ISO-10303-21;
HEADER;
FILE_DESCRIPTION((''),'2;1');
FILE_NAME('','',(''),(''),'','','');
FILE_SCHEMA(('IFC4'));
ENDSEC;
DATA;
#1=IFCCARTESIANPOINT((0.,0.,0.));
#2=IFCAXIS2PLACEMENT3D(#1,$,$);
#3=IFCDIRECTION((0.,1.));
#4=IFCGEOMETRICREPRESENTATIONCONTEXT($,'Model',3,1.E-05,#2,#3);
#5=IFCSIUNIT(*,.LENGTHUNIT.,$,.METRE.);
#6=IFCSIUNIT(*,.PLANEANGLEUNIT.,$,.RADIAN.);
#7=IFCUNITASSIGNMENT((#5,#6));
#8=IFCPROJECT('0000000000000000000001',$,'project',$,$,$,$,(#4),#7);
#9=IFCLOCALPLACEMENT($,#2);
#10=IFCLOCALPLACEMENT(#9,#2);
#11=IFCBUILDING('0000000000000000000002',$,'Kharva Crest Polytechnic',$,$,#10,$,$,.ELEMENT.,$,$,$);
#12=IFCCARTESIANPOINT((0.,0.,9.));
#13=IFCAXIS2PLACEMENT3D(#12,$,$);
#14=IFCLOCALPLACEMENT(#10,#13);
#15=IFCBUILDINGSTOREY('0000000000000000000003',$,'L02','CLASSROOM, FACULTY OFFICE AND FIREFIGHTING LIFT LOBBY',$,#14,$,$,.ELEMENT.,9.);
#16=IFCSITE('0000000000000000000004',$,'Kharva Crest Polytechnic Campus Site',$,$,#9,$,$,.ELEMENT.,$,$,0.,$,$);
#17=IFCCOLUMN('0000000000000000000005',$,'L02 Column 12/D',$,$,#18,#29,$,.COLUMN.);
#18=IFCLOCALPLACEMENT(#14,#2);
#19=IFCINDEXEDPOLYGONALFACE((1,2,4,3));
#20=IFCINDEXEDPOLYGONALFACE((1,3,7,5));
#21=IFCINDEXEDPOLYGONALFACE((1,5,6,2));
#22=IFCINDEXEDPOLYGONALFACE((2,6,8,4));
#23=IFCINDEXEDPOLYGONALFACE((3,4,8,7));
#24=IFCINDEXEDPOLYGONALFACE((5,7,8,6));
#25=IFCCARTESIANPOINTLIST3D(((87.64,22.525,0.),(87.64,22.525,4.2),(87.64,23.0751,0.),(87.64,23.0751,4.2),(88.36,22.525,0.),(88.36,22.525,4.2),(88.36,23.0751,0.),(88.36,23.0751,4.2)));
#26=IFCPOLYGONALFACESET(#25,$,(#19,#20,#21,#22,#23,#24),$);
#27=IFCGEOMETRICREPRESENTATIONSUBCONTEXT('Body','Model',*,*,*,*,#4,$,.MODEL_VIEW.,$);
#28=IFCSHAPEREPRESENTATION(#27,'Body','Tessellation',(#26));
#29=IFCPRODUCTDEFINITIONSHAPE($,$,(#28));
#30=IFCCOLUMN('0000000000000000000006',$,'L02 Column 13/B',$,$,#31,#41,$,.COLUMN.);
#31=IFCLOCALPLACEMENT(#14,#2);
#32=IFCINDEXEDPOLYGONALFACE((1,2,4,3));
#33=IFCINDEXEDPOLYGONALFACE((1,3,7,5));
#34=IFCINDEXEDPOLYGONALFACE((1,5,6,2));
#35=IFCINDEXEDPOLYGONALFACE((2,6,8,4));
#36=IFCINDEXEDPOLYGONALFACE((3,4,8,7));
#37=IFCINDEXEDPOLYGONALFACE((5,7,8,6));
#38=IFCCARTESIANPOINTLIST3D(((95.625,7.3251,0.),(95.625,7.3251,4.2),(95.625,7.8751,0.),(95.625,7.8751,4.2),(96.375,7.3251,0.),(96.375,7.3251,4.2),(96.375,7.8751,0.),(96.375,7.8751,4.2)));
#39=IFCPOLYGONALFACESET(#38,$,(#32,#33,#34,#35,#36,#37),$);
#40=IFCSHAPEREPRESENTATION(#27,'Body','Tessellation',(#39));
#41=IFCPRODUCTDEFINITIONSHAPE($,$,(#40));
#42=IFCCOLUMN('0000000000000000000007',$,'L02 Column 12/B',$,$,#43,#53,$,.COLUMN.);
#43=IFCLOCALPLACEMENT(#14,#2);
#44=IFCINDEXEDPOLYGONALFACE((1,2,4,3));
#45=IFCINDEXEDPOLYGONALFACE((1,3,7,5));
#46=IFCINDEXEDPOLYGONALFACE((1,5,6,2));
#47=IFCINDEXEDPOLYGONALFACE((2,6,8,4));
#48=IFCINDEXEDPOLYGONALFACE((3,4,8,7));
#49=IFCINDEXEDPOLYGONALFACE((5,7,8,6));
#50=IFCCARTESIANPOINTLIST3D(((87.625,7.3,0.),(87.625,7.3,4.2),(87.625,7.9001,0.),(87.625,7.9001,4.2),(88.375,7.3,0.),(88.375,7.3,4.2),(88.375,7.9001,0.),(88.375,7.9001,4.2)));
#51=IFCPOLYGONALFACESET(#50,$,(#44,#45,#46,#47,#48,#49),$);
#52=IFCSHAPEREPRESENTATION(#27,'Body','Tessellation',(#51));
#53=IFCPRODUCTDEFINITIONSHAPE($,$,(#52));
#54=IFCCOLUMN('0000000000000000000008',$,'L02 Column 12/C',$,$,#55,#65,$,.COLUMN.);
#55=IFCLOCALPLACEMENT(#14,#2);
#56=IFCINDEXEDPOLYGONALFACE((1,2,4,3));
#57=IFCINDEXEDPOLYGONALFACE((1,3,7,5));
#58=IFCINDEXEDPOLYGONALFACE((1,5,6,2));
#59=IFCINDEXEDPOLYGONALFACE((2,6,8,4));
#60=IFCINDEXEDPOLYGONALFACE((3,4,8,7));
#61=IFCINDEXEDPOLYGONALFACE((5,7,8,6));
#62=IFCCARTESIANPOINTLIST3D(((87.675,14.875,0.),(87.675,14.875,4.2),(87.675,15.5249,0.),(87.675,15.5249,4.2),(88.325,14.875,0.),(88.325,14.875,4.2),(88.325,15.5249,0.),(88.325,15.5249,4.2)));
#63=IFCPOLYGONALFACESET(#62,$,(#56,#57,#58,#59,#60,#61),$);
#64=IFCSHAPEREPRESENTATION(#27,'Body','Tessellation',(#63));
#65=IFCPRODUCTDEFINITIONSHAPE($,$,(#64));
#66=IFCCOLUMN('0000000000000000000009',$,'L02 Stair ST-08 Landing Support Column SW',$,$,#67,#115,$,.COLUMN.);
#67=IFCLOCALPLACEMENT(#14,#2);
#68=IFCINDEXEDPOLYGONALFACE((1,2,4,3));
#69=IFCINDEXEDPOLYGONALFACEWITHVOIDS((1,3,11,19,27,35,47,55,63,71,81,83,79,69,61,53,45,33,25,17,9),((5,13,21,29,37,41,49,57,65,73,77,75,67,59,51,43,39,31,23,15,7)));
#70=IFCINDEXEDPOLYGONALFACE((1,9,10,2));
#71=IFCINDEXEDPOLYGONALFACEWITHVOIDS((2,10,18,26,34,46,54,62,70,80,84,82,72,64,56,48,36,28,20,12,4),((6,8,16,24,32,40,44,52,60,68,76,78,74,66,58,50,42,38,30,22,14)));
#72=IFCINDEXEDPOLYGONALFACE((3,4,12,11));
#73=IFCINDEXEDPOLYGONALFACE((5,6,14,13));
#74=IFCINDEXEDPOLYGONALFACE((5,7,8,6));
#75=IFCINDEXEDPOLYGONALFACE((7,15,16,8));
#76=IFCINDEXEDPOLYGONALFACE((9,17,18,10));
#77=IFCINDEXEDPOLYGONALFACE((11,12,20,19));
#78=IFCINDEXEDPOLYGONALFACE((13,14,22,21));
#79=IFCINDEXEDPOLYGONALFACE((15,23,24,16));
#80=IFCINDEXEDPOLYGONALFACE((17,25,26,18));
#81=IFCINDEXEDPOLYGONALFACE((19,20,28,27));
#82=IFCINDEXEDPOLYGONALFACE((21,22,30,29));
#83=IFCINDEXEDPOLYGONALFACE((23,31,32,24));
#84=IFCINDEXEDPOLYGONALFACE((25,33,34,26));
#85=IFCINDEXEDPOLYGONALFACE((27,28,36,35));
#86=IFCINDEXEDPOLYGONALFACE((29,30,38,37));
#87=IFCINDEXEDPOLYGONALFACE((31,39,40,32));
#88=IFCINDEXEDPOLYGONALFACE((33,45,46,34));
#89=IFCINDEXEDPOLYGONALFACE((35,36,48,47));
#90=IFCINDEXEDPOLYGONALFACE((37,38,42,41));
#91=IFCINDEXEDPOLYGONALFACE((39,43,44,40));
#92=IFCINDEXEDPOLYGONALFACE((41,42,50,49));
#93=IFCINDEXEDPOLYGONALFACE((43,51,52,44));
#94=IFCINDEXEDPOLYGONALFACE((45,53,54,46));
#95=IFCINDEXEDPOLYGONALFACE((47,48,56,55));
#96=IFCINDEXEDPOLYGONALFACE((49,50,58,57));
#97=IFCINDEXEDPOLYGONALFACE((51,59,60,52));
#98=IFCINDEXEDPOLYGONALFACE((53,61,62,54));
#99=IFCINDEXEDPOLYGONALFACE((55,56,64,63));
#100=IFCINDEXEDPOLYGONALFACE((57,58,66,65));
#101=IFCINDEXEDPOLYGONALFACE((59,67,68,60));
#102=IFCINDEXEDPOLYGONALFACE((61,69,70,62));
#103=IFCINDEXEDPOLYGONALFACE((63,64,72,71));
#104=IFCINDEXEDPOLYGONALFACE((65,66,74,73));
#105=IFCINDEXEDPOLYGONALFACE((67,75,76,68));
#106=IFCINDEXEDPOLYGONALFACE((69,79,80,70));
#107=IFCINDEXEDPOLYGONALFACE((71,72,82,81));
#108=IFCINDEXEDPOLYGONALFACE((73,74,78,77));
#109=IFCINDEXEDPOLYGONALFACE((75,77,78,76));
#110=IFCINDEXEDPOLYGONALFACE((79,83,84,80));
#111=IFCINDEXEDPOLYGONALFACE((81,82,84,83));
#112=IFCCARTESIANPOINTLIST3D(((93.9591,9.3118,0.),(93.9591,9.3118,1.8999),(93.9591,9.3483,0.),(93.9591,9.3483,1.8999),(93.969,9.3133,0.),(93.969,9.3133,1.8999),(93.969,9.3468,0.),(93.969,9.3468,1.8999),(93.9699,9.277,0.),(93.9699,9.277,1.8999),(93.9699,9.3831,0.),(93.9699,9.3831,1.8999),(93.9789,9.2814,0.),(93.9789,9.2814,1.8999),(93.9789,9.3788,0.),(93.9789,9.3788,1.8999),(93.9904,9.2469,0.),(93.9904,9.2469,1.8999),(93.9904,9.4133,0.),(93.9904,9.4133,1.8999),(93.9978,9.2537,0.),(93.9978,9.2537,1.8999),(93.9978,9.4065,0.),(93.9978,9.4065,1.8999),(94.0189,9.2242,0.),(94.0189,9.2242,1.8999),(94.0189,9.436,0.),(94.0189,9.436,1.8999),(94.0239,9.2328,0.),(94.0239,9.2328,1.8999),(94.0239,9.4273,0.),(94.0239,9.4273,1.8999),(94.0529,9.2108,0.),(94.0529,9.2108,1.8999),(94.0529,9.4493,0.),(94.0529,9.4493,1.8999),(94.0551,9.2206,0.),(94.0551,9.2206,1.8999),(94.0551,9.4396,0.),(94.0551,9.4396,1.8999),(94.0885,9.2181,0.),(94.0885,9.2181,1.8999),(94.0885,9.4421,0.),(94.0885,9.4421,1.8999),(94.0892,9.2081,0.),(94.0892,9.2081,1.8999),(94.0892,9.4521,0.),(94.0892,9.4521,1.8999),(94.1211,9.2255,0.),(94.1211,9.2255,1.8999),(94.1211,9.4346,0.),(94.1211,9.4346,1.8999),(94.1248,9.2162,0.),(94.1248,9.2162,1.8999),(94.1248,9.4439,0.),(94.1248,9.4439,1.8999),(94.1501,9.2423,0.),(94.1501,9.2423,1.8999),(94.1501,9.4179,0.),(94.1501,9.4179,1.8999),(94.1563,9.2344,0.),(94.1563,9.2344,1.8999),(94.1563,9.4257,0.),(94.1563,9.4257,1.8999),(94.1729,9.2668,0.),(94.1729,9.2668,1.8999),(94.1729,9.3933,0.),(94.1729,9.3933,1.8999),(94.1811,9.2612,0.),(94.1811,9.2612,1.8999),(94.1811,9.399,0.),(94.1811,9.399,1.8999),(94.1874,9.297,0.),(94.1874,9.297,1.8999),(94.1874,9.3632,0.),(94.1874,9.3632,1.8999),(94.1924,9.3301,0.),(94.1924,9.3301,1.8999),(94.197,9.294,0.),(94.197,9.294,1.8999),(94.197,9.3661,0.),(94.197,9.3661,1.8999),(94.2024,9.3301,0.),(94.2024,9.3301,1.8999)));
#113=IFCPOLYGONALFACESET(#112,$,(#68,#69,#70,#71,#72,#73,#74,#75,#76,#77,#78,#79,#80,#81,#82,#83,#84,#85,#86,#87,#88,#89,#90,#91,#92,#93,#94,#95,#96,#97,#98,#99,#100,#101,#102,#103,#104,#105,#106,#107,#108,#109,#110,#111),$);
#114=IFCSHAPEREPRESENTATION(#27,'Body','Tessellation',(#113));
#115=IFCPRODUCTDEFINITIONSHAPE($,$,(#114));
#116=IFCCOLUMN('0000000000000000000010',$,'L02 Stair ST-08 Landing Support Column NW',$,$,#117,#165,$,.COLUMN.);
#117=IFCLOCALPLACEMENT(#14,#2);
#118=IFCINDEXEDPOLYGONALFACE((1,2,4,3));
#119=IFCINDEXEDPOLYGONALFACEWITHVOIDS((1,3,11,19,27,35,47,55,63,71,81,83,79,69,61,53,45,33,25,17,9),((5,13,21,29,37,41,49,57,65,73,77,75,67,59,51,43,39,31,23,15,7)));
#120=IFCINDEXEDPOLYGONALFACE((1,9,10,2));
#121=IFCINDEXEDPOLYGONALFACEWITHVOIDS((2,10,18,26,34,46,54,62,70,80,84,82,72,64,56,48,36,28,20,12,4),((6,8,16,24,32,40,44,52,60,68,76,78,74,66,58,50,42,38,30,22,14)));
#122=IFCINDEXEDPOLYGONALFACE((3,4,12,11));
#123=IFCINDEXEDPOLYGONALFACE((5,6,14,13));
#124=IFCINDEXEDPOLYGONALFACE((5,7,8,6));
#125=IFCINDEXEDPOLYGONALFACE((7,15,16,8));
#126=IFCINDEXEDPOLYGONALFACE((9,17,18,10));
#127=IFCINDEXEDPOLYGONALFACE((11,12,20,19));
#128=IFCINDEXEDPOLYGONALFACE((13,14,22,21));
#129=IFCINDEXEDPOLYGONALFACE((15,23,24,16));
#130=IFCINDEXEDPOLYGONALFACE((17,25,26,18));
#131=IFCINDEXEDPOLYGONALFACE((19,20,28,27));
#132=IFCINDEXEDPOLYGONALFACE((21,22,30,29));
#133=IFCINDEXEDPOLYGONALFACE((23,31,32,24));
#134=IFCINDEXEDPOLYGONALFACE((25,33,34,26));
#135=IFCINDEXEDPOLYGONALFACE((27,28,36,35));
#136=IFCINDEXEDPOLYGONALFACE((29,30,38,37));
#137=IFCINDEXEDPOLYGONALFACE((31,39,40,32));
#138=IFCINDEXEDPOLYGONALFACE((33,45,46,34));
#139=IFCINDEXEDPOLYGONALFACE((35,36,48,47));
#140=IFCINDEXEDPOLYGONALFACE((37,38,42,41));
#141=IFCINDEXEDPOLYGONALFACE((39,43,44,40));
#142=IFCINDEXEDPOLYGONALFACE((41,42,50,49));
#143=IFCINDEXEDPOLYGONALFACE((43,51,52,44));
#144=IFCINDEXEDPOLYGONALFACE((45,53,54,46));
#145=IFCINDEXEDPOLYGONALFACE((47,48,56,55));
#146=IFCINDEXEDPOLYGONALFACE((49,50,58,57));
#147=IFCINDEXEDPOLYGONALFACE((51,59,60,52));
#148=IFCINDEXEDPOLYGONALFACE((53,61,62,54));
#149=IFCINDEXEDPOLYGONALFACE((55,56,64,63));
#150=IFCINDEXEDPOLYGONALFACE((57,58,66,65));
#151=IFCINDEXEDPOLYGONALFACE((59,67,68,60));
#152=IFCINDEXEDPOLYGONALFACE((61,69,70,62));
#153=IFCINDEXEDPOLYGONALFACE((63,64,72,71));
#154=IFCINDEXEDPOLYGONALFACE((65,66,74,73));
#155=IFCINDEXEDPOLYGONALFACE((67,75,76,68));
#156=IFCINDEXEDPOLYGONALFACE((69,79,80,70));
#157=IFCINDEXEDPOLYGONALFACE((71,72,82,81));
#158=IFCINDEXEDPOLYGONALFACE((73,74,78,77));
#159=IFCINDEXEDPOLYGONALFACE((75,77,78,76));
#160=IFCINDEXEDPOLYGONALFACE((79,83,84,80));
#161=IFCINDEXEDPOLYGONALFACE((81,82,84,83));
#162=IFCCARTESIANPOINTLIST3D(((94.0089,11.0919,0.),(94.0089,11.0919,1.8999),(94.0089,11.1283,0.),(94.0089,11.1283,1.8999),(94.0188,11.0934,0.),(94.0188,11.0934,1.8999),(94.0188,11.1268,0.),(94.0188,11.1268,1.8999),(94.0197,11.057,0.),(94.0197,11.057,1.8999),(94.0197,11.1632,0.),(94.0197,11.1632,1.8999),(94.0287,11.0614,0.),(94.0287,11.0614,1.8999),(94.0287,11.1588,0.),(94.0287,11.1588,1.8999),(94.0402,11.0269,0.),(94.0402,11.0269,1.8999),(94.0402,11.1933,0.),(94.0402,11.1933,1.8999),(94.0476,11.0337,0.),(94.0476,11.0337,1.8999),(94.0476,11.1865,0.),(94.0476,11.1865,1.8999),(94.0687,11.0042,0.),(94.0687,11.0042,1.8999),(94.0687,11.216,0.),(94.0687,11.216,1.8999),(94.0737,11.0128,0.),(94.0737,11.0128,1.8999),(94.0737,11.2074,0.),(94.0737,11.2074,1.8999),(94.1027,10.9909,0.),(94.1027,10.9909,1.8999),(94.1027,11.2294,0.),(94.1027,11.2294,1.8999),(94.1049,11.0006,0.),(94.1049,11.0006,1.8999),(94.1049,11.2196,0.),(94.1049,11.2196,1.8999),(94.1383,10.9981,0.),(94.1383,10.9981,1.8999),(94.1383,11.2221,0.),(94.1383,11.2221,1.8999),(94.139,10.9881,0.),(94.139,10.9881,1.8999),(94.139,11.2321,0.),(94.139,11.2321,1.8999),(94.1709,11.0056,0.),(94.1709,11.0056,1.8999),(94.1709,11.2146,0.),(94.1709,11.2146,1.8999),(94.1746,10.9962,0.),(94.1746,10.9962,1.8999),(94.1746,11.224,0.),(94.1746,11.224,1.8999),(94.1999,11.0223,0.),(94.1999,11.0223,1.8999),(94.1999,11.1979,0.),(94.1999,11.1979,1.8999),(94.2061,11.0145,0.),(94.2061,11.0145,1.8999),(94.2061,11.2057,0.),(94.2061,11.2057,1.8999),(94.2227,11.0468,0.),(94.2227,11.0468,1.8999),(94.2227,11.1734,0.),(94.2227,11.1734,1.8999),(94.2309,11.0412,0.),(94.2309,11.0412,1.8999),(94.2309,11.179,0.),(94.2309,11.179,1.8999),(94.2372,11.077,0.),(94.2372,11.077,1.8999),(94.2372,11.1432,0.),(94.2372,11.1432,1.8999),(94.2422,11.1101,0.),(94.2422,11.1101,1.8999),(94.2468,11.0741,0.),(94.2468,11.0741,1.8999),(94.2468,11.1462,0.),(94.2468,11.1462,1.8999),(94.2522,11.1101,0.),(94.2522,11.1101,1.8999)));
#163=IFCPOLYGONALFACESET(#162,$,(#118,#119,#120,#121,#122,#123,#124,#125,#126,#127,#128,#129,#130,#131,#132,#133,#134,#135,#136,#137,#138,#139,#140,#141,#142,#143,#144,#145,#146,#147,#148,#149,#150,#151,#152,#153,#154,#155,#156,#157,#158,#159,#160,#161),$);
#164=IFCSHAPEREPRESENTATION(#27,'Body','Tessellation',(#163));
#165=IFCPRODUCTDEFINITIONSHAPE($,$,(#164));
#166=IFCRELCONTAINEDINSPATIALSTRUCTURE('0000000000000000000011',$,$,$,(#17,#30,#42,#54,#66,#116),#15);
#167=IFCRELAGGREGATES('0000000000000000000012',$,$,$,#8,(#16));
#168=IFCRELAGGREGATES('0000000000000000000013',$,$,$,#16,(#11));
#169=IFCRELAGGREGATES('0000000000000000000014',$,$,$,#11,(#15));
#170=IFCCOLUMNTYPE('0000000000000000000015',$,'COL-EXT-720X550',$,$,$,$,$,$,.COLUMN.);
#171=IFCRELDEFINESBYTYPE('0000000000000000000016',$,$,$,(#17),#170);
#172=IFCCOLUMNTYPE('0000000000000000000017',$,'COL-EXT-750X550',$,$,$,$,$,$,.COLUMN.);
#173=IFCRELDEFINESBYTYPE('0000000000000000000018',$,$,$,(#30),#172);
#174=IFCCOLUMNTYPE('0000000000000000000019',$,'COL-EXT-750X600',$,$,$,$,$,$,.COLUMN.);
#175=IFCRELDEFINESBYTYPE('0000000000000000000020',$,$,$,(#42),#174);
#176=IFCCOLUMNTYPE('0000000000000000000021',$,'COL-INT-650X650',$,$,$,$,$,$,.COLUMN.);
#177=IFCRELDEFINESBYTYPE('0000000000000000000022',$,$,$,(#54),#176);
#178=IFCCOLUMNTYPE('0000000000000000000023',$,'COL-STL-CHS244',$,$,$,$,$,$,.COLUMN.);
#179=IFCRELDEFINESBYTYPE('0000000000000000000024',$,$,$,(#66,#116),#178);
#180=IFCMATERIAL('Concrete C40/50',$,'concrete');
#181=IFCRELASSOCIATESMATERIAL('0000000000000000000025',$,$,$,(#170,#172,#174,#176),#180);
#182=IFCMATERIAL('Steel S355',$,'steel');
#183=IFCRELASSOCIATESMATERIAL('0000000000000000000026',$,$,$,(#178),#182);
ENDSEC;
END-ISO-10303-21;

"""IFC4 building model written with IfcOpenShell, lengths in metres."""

from ifc_helpers import new_model, si_unit, direction, frame, origin, origin_2d, place, context, subcontext, project, spatial, rectangle, hollow_circle, extrude, material, material_profile, profile_set, type_object, element, save


model = new_model("IFC4")

# Units and contexts
model_context = context("Model", 3, precision=1e-05, world=origin(), true_north=direction((0.0, 1.0)))
body_context = subcontext(model_context, "Body", "Model", "MODEL_VIEW")
ifc_project = project(units=[si_unit("LENGTHUNIT", "METRE"), si_unit("PLANEANGLEUNIT", "RADIAN")], contexts=[model_context])

# Site, building, storey
site_placement = place(None, origin())
site = spatial("IfcSite", under=ifc_project, at=site_placement, Name="Kharva Crest Polytechnic Campus Site", CompositionType="ELEMENT", RefElevation=0.0)
building_placement = place(site_placement, origin())
building = spatial("IfcBuilding", under=site, at=building_placement, Name="Kharva Crest Polytechnic", CompositionType="ELEMENT")
storey_placement = place(building_placement, frame((0.0, 0.0, 9.0)))
storey = spatial("IfcBuildingStorey", under=building, at=storey_placement, Name="L02", Description="CLASSROOM, FACULTY OFFICE AND FIREFIGHTING LIFT LOBBY", CompositionType="ELEMENT", Elevation=9.0)

# Columns
ifc_material_1 = material(Name="Concrete C40/50", Category="concrete")
ifc_material_profile_1 = material_profile(ifc_material_1, rectangle(XDim=0.72, YDim=0.55, at=origin_2d()), Name="RECT 720 X 550")
ifc_profile_set_1 = profile_set([ifc_material_profile_1], Name="Concrete C40/50")
column_type_1 = type_object("IfcColumnType", Name="COL-EXT-720X550", PredefinedType="COLUMN", material=ifc_profile_set_1)
column_1_placement = place(storey_placement, frame((88.0, 22.8, 0.0), z_axis=(0.0, 0.0, 1.0), x_axis=(1.0, 0.0, 0.0)))
element("IfcColumn", 1, at=column_1_placement, inside=storey, type_object=column_type_1, Name="L02 Column 12/D", PredefinedType="COLUMN", context=body_context, shape_type="SweptSolid", body=[
    extrude(rectangle(XDim=0.72, YDim=0.55, at=origin_2d()), origin(), (0.0, 0.0, 1.0), 4.2),
])
ifc_material_profile_2 = material_profile(ifc_material_1, rectangle(XDim=0.75, YDim=0.55, at=origin_2d()), Name="RECT 750 X 550")
ifc_profile_set_2 = profile_set([ifc_material_profile_2], Name="Concrete C40/50")
column_type_2 = type_object("IfcColumnType", Name="COL-EXT-750X550", PredefinedType="COLUMN", material=ifc_profile_set_2)
column_2_placement = place(storey_placement, frame((96.0, 7.6001, 0.0), z_axis=(0.0, 0.0, 1.0), x_axis=(1.0, 0.0, 0.0)))
element("IfcColumn", 2, at=column_2_placement, inside=storey, type_object=column_type_2, Name="L02 Column 13/B", PredefinedType="COLUMN", context=body_context, shape_type="SweptSolid", body=[
    extrude(rectangle(XDim=0.75, YDim=0.55, at=origin_2d()), origin(), (0.0, 0.0, 1.0), 4.2),
])
ifc_material_profile_3 = material_profile(ifc_material_1, rectangle(XDim=0.75, YDim=0.6001, at=origin_2d()), Name="RECT 750 X 600")
ifc_profile_set_3 = profile_set([ifc_material_profile_3], Name="Concrete C40/50")
column_type_3 = type_object("IfcColumnType", Name="COL-EXT-750X600", PredefinedType="COLUMN", material=ifc_profile_set_3)
column_3_placement = place(storey_placement, frame((88.0, 7.6001, 0.0), z_axis=(0.0, 0.0, 1.0), x_axis=(1.0, 0.0, 0.0)))
element("IfcColumn", 3, at=column_3_placement, inside=storey, type_object=column_type_3, Name="L02 Column 12/B", PredefinedType="COLUMN", context=body_context, shape_type="SweptSolid", body=[
    extrude(rectangle(XDim=0.75, YDim=0.6001, at=origin_2d()), origin(), (0.0, 0.0, 1.0), 4.2),
])
ifc_material_profile_4 = material_profile(ifc_material_1, rectangle(XDim=0.6499, YDim=0.6499, at=origin_2d()), Name="RECT 650 X 650")
ifc_profile_set_4 = profile_set([ifc_material_profile_4], Name="Concrete C40/50")
column_type_4 = type_object("IfcColumnType", Name="COL-INT-650X650", PredefinedType="COLUMN", material=ifc_profile_set_4)
column_4_placement = place(storey_placement, frame((88.0, 15.2, 0.0), z_axis=(0.0, 0.0, 1.0), x_axis=(1.0, 0.0, 0.0)))
element("IfcColumn", 4, at=column_4_placement, inside=storey, type_object=column_type_4, Name="L02 Column 12/C", PredefinedType="COLUMN", context=body_context, shape_type="SweptSolid", body=[
    extrude(rectangle(XDim=0.6499, YDim=0.6499, at=origin_2d()), origin(), (0.0, 0.0, 1.0), 4.2),
])
ifc_material_2 = material(Name="Steel S355", Category="steel")
ifc_material_profile_5 = material_profile(ifc_material_2, hollow_circle(Radius=0.1223, WallThickness=0.01, at=origin_2d()), Name="CHS 244.5X10.0")
ifc_profile_set_5 = profile_set([ifc_material_profile_5], Name="Steel S355")
column_type_5 = type_object("IfcColumnType", Name="COL-STL-CHS244", PredefinedType="COLUMN", material=ifc_profile_set_5)
for number, where, z_axis, x_axis, name in (
    (5, (94.0801, 9.3301, 0.0), (0.0, 0.0, 1.0), (1.0, 0.0, 0.0), "L02 Stair ST-08 Landing Support Column SW"),
    (6, (94.1299, 11.1101, 0.0), (0.0, 0.0, 1.0), (1.0, 0.0, 0.0), "L02 Stair ST-08 Landing Support Column NW"),
):
    element("IfcColumn", number, at=place(storey_placement, frame(where, z_axis=z_axis, x_axis=x_axis)), inside=storey, type_object=column_type_5, Name=name, PredefinedType="COLUMN", context=body_context, shape_type="SweptSolid", body=[
        extrude(hollow_circle(Radius=0.1223, WallThickness=0.01, at=origin_2d()), origin(), (0.0, 0.0, 1.0), 1.8999),
    ])

save(model, "model.ifc")
